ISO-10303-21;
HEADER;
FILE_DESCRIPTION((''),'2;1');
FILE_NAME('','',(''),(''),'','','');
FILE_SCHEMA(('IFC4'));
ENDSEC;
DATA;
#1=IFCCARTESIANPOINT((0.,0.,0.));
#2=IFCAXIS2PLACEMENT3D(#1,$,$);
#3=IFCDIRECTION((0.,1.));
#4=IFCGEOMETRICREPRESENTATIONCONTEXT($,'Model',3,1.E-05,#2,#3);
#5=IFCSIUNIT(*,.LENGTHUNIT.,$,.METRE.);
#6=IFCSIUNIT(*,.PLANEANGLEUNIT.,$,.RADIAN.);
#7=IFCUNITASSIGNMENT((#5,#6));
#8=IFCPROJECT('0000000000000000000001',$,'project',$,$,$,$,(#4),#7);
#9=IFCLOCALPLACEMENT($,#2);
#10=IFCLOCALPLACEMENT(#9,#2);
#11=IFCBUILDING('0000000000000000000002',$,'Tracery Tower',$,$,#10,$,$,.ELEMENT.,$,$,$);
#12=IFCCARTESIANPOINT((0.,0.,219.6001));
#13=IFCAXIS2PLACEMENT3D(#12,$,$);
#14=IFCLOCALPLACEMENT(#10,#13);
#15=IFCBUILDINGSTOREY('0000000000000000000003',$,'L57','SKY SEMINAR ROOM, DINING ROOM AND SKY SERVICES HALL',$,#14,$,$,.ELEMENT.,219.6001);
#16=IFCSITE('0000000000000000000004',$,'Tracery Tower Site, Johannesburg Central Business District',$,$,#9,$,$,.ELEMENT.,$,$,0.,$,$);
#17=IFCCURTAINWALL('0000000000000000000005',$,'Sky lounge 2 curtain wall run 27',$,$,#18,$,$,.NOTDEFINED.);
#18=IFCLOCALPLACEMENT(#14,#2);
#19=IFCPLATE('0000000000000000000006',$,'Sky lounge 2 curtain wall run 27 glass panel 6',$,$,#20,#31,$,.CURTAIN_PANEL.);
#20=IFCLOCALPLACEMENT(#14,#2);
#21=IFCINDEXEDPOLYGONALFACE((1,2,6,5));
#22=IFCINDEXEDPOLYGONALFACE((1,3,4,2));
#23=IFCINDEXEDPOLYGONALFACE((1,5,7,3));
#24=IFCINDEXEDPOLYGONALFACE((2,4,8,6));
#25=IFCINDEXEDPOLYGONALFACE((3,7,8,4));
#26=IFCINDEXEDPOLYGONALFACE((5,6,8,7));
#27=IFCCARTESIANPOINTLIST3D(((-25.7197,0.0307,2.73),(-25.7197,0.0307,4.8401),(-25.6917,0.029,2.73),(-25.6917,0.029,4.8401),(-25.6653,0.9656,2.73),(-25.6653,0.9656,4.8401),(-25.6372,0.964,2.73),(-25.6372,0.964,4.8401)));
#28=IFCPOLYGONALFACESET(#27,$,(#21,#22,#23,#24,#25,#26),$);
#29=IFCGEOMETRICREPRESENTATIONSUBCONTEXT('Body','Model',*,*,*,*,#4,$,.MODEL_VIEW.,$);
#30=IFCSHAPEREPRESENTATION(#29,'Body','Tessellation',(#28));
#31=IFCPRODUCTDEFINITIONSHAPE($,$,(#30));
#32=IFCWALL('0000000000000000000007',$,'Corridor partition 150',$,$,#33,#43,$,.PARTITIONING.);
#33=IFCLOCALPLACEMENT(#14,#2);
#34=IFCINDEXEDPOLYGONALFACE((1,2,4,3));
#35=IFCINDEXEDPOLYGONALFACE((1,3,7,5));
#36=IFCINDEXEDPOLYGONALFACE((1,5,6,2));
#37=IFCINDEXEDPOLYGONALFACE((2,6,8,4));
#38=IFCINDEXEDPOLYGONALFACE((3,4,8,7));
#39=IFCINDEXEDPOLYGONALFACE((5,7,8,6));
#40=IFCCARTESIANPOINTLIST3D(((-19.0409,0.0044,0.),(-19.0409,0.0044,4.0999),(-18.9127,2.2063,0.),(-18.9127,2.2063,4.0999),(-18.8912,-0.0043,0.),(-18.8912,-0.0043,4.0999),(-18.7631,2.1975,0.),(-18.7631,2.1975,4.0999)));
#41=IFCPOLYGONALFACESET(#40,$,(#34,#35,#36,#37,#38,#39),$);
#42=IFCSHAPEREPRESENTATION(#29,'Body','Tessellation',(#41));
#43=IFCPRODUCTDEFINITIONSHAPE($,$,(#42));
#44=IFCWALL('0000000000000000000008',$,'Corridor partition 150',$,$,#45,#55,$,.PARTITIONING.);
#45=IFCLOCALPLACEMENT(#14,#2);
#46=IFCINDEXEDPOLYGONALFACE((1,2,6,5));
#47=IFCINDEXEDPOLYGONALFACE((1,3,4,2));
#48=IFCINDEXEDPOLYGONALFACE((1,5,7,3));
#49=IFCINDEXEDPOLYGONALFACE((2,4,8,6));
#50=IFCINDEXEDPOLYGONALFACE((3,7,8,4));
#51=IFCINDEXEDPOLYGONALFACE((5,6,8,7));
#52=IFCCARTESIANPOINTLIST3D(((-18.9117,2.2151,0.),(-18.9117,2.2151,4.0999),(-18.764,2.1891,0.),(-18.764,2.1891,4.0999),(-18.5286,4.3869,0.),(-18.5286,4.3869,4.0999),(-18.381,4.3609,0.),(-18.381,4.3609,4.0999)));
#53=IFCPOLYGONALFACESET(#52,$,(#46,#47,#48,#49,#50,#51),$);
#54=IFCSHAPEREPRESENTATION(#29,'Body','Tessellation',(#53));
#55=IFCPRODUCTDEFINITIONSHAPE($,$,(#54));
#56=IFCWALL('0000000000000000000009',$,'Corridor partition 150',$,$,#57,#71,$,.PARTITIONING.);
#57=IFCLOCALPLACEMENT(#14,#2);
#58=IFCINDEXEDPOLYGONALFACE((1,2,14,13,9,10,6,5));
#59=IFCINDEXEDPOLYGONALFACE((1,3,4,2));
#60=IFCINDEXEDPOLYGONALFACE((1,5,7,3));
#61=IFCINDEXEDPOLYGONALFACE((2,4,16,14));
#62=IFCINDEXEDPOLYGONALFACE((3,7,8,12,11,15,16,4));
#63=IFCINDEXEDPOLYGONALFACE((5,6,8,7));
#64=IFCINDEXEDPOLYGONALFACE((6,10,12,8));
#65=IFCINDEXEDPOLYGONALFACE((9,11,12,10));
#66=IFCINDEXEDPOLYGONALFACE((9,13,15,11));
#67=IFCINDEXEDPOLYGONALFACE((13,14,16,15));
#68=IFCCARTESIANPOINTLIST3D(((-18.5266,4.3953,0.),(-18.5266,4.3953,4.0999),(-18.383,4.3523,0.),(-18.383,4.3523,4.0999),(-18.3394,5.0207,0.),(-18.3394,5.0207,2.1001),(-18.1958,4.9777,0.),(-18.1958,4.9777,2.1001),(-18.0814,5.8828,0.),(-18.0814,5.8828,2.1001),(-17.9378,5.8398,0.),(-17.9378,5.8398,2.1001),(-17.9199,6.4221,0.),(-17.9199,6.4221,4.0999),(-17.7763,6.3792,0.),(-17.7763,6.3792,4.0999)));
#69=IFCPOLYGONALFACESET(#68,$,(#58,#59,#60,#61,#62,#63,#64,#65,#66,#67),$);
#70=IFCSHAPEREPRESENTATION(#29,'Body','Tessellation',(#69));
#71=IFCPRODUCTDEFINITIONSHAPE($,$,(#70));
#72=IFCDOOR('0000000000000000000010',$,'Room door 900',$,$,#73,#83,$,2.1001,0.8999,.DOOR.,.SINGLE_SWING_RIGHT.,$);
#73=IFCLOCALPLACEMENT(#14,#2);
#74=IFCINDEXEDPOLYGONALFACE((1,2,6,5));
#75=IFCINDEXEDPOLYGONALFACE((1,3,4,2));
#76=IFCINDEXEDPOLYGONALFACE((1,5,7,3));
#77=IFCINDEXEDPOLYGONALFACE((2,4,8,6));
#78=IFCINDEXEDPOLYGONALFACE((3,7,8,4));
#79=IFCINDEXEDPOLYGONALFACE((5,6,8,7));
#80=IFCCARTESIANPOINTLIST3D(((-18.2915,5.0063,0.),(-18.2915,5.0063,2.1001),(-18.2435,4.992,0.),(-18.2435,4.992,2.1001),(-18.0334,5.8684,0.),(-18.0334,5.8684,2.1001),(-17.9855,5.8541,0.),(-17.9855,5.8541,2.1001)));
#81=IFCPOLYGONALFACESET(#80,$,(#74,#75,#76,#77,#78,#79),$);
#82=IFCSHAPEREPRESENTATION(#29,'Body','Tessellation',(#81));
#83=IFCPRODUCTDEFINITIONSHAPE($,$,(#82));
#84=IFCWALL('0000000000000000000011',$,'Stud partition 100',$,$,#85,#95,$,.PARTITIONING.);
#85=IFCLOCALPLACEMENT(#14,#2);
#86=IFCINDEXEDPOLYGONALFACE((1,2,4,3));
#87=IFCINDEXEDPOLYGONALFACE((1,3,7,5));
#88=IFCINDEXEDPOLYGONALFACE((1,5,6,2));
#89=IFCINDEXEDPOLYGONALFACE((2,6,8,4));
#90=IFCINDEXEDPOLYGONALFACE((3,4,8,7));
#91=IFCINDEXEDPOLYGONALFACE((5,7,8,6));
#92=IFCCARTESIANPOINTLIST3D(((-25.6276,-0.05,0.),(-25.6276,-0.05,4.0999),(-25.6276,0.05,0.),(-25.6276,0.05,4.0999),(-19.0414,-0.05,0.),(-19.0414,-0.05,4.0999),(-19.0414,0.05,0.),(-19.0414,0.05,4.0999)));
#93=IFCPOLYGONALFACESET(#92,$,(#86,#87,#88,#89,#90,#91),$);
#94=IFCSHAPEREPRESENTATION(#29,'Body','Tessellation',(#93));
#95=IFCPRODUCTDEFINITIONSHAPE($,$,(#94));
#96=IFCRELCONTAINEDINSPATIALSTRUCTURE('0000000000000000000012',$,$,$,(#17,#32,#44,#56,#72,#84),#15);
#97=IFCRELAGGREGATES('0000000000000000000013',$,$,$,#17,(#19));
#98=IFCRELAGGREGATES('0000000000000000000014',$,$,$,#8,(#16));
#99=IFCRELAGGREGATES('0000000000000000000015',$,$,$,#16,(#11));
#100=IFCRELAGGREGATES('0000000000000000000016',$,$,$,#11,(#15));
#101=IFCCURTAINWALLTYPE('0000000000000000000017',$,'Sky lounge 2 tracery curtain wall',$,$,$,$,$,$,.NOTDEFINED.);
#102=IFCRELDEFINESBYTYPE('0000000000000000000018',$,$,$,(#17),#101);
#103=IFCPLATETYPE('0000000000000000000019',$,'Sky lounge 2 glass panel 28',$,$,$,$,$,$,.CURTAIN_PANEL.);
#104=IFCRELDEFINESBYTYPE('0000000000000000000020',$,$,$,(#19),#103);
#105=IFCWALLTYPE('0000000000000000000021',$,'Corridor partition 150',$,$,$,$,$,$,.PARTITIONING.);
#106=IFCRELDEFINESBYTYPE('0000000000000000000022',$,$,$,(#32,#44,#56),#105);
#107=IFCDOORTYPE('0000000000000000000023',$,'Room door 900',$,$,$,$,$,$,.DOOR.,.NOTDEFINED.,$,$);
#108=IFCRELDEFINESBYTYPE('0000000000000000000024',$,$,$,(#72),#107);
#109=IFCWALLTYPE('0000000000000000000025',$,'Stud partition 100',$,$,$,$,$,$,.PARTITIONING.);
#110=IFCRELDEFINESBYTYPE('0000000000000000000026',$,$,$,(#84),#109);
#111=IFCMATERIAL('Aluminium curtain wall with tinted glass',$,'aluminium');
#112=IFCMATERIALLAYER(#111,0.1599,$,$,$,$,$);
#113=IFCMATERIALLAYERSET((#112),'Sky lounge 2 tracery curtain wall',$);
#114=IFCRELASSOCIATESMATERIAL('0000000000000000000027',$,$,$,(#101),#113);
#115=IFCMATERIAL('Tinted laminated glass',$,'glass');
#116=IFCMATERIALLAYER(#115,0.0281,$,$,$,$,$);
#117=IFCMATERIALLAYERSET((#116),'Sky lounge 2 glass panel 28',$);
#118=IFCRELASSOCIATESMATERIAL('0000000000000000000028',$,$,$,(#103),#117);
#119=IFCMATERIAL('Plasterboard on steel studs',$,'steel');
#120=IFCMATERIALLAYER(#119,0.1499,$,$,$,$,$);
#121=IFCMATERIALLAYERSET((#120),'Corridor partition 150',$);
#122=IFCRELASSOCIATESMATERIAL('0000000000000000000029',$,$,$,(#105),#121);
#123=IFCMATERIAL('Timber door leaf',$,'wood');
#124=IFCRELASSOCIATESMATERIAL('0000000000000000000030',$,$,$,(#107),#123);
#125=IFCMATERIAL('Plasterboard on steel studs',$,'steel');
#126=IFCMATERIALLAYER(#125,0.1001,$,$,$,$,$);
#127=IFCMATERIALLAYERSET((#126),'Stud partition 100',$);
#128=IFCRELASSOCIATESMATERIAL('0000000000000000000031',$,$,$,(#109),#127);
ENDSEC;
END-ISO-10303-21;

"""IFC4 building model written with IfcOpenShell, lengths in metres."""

from ifc_helpers import new_model, si_unit, direction, frame, frame_2d, origin, origin_2d, place, context, subcontext, project, spatial, rectangle, extrude, material, layer, layer_set, type_object, element, fill, aggregate, save


model = new_model("IFC4")

# Units and contexts
model_context = context("Model", 3, precision=1e-05, world=origin(), true_north=direction((0.0, 1.0)))
body_context = subcontext(model_context, "Body", "Model", "MODEL_VIEW")
ifc_project = project(units=[si_unit("LENGTHUNIT", "METRE"), si_unit("PLANEANGLEUNIT", "RADIAN")], contexts=[model_context])

# Site, building, storey
site_placement = place(None, origin())
site = spatial("IfcSite", under=ifc_project, at=site_placement, Name="Tracery Tower Site, Johannesburg Central Business District", CompositionType="ELEMENT", RefElevation=0.0)
building_placement = place(site_placement, origin())
building = spatial("IfcBuilding", under=site, at=building_placement, Name="Tracery Tower", CompositionType="ELEMENT")
storey_placement = place(building_placement, frame((0.0, 0.0, 219.6001)))
storey = spatial("IfcBuildingStorey", under=building, at=storey_placement, Name="L57", Description="SKY SEMINAR ROOM, DINING ROOM AND SKY SERVICES HALL", CompositionType="ELEMENT", Elevation=219.6001)

# Curtain wall
ifc_material_1 = material(Name="Aluminium curtain wall with tinted glass", Category="aluminium")
ifc_layer_1 = layer(ifc_material_1, 0.1599)
ifc_layer_set_1 = layer_set([ifc_layer_1], Name="Sky lounge 2 tracery curtain wall")
curtain_wall_type = type_object("IfcCurtainWallType", Name="Sky lounge 2 tracery curtain wall", PredefinedType="NOTDEFINED", material=ifc_layer_set_1)
curtain_wall_1_placement = place(storey_placement, origin())
curtain_wall_1 = element("IfcCurtainWall", 1, at=curtain_wall_1_placement, inside=storey, type_object=curtain_wall_type, Name="Sky lounge 2 curtain wall run 27", PredefinedType="NOTDEFINED")

# Plate
ifc_material_2 = material(Name="Tinted laminated glass", Category="glass")
ifc_layer_2 = layer(ifc_material_2, 0.0281)
ifc_layer_set_2 = layer_set([ifc_layer_2], Name="Sky lounge 2 glass panel 28")
plate_type = type_object("IfcPlateType", Name="Sky lounge 2 glass panel 28", PredefinedType="CURTAIN_PANEL", material=ifc_layer_set_2)
plate_1_placement = place(storey_placement, frame((-25.6785, 0.4973, 2.73), z_axis=(0.0, 0.0, 1.0), x_axis=(-0.058145, -0.998308, 0.0)))
plate_1 = element("IfcPlate", 2, at=plate_1_placement, type_object=plate_type, Name="Sky lounge 2 curtain wall run 27 glass panel 6", PredefinedType="CURTAIN_PANEL", context=body_context, shape_type="SweptSolid", body=[
    extrude(rectangle(XDim=0.9365, YDim=0.0281, at=origin_2d()), origin(), (0.0, 0.0, 1.0), 2.1101),
])
aggregate(curtain_wall_1, [plate_1])

# Walls
ifc_material_3 = material(Name="Plasterboard on steel studs", Category="steel")
ifc_layer_3 = layer(ifc_material_3, 0.1499)
ifc_layer_set_3 = layer_set([ifc_layer_3], Name="Corridor partition 150")
wall_type_1 = type_object("IfcWallType", Name="Corridor partition 150", PredefinedType="PARTITIONING", material=ifc_layer_set_3)
wall_1_placement = place(storey_placement, frame((-18.8379, 2.2019, 0.0), z_axis=(0.0, 0.0, 1.0), x_axis=(-0.058112, -0.99831, 0.0)))
element("IfcWall", 3, at=wall_1_placement, inside=storey, type_object=wall_type_1, Name="Corridor partition 150", PredefinedType="PARTITIONING", context=body_context, shape_type="SweptSolid", body=[
    extrude(rectangle(XDim=2.2056, YDim=0.1499, at=frame_2d((1.1028, 0.0))), origin(), (0.0, 0.0, 1.0), 4.0999),
])
wall_2_placement = place(storey_placement, frame((-18.4548, 4.3738, 0.0), z_axis=(0.0, 0.0, 1.0), x_axis=(-0.173691, -0.9848, 0.0)))
element("IfcWall", 4, at=wall_2_placement, inside=storey, type_object=wall_type_1, Name="Corridor partition 150", PredefinedType="PARTITIONING", context=body_context, shape_type="SweptSolid", body=[
    extrude(rectangle(XDim=2.2053, YDim=0.1499, at=frame_2d((1.1025, 0.0))), origin(), (0.0, 0.0, 1.0), 4.0999),
])

# Wall, opening, door
wall_3_placement = place(storey_placement, frame((-18.4548, 4.3738, 0.0), z_axis=(0.0, 0.0, 1.0), x_axis=(0.286755, 0.958004, 0.0)))
wall_3 = element("IfcWall", 5, at=wall_3_placement, inside=storey, type_object=wall_type_1, Name="Corridor partition 150", PredefinedType="PARTITIONING", context=body_context, shape_type="SweptSolid", body=[
    extrude(rectangle(XDim=2.1157, YDim=0.1499, at=frame_2d((1.0579, 0.0))), origin(), (0.0, 0.0, 1.0), 4.0999),
])
opening_placement = place(wall_3_placement, frame((0.6528, 0.0, 0.0)))
opening = element("IfcOpeningElement", 6, at=opening_placement, cuts=wall_3, PredefinedType="OPENING", context=body_context, shape_type="SweptSolid", body=[
    extrude(rectangle(XDim=0.8999, YDim=2.1001, at=frame_2d((0.45, 1.05))), frame((0.0, 0.075, 0.0), z_axis=(0.0, -1.0, 0.0), x_axis=(1.0, 0.0, 0.0)), (0.0, 0.0, 1.0), 0.1499),
])
ifc_material_4 = material(Name="Timber door leaf", Category="wood")
door_type = type_object("IfcDoorType", Name="Room door 900", OperationType="NOTDEFINED", PredefinedType="DOOR", material=ifc_material_4)
door_placement = place(opening_placement, origin())
door = element("IfcDoor", 7, at=door_placement, inside=storey, type_object=door_type, Name="Room door 900", OperationType="SINGLE_SWING_RIGHT", OverallHeight=2.1001, OverallWidth=0.8999, PredefinedType="DOOR", context=body_context, shape_type="SweptSolid", body=[
    extrude(rectangle(XDim=0.8999, YDim=2.1001, at=frame_2d((0.45, 1.05))), frame((0.0, 0.0249, 0.0), z_axis=(0.0, -1.0, 0.0), x_axis=(1.0, 0.0, 0.0)), (0.0, 0.0, 1.0), 0.05),
])
fill(opening, door)

# Wall
ifc_material_5 = material(Name="Plasterboard on steel studs", Category="steel")
ifc_layer_4 = layer(ifc_material_5, 0.1001)
ifc_layer_set_4 = layer_set([ifc_layer_4], Name="Stud partition 100")
wall_type_2 = type_object("IfcWallType", Name="Stud partition 100", PredefinedType="PARTITIONING", material=ifc_layer_set_4)
wall_4_placement = place(storey_placement, frame((-25.6274, 0.0, 0.0), z_axis=(0.0, 0.0, 1.0), x_axis=(1.0, 0.0, 0.0)))
element("IfcWall", 8, at=wall_4_placement, inside=storey, type_object=wall_type_2, Name="Stud partition 100", PredefinedType="PARTITIONING", context=body_context, shape_type="SweptSolid", body=[
    extrude(rectangle(XDim=6.5862, YDim=0.1001, at=frame_2d((3.293, 0.0))), origin(), (0.0, 0.0, 1.0), 4.0999),
])

save(model, "model.ifc")
